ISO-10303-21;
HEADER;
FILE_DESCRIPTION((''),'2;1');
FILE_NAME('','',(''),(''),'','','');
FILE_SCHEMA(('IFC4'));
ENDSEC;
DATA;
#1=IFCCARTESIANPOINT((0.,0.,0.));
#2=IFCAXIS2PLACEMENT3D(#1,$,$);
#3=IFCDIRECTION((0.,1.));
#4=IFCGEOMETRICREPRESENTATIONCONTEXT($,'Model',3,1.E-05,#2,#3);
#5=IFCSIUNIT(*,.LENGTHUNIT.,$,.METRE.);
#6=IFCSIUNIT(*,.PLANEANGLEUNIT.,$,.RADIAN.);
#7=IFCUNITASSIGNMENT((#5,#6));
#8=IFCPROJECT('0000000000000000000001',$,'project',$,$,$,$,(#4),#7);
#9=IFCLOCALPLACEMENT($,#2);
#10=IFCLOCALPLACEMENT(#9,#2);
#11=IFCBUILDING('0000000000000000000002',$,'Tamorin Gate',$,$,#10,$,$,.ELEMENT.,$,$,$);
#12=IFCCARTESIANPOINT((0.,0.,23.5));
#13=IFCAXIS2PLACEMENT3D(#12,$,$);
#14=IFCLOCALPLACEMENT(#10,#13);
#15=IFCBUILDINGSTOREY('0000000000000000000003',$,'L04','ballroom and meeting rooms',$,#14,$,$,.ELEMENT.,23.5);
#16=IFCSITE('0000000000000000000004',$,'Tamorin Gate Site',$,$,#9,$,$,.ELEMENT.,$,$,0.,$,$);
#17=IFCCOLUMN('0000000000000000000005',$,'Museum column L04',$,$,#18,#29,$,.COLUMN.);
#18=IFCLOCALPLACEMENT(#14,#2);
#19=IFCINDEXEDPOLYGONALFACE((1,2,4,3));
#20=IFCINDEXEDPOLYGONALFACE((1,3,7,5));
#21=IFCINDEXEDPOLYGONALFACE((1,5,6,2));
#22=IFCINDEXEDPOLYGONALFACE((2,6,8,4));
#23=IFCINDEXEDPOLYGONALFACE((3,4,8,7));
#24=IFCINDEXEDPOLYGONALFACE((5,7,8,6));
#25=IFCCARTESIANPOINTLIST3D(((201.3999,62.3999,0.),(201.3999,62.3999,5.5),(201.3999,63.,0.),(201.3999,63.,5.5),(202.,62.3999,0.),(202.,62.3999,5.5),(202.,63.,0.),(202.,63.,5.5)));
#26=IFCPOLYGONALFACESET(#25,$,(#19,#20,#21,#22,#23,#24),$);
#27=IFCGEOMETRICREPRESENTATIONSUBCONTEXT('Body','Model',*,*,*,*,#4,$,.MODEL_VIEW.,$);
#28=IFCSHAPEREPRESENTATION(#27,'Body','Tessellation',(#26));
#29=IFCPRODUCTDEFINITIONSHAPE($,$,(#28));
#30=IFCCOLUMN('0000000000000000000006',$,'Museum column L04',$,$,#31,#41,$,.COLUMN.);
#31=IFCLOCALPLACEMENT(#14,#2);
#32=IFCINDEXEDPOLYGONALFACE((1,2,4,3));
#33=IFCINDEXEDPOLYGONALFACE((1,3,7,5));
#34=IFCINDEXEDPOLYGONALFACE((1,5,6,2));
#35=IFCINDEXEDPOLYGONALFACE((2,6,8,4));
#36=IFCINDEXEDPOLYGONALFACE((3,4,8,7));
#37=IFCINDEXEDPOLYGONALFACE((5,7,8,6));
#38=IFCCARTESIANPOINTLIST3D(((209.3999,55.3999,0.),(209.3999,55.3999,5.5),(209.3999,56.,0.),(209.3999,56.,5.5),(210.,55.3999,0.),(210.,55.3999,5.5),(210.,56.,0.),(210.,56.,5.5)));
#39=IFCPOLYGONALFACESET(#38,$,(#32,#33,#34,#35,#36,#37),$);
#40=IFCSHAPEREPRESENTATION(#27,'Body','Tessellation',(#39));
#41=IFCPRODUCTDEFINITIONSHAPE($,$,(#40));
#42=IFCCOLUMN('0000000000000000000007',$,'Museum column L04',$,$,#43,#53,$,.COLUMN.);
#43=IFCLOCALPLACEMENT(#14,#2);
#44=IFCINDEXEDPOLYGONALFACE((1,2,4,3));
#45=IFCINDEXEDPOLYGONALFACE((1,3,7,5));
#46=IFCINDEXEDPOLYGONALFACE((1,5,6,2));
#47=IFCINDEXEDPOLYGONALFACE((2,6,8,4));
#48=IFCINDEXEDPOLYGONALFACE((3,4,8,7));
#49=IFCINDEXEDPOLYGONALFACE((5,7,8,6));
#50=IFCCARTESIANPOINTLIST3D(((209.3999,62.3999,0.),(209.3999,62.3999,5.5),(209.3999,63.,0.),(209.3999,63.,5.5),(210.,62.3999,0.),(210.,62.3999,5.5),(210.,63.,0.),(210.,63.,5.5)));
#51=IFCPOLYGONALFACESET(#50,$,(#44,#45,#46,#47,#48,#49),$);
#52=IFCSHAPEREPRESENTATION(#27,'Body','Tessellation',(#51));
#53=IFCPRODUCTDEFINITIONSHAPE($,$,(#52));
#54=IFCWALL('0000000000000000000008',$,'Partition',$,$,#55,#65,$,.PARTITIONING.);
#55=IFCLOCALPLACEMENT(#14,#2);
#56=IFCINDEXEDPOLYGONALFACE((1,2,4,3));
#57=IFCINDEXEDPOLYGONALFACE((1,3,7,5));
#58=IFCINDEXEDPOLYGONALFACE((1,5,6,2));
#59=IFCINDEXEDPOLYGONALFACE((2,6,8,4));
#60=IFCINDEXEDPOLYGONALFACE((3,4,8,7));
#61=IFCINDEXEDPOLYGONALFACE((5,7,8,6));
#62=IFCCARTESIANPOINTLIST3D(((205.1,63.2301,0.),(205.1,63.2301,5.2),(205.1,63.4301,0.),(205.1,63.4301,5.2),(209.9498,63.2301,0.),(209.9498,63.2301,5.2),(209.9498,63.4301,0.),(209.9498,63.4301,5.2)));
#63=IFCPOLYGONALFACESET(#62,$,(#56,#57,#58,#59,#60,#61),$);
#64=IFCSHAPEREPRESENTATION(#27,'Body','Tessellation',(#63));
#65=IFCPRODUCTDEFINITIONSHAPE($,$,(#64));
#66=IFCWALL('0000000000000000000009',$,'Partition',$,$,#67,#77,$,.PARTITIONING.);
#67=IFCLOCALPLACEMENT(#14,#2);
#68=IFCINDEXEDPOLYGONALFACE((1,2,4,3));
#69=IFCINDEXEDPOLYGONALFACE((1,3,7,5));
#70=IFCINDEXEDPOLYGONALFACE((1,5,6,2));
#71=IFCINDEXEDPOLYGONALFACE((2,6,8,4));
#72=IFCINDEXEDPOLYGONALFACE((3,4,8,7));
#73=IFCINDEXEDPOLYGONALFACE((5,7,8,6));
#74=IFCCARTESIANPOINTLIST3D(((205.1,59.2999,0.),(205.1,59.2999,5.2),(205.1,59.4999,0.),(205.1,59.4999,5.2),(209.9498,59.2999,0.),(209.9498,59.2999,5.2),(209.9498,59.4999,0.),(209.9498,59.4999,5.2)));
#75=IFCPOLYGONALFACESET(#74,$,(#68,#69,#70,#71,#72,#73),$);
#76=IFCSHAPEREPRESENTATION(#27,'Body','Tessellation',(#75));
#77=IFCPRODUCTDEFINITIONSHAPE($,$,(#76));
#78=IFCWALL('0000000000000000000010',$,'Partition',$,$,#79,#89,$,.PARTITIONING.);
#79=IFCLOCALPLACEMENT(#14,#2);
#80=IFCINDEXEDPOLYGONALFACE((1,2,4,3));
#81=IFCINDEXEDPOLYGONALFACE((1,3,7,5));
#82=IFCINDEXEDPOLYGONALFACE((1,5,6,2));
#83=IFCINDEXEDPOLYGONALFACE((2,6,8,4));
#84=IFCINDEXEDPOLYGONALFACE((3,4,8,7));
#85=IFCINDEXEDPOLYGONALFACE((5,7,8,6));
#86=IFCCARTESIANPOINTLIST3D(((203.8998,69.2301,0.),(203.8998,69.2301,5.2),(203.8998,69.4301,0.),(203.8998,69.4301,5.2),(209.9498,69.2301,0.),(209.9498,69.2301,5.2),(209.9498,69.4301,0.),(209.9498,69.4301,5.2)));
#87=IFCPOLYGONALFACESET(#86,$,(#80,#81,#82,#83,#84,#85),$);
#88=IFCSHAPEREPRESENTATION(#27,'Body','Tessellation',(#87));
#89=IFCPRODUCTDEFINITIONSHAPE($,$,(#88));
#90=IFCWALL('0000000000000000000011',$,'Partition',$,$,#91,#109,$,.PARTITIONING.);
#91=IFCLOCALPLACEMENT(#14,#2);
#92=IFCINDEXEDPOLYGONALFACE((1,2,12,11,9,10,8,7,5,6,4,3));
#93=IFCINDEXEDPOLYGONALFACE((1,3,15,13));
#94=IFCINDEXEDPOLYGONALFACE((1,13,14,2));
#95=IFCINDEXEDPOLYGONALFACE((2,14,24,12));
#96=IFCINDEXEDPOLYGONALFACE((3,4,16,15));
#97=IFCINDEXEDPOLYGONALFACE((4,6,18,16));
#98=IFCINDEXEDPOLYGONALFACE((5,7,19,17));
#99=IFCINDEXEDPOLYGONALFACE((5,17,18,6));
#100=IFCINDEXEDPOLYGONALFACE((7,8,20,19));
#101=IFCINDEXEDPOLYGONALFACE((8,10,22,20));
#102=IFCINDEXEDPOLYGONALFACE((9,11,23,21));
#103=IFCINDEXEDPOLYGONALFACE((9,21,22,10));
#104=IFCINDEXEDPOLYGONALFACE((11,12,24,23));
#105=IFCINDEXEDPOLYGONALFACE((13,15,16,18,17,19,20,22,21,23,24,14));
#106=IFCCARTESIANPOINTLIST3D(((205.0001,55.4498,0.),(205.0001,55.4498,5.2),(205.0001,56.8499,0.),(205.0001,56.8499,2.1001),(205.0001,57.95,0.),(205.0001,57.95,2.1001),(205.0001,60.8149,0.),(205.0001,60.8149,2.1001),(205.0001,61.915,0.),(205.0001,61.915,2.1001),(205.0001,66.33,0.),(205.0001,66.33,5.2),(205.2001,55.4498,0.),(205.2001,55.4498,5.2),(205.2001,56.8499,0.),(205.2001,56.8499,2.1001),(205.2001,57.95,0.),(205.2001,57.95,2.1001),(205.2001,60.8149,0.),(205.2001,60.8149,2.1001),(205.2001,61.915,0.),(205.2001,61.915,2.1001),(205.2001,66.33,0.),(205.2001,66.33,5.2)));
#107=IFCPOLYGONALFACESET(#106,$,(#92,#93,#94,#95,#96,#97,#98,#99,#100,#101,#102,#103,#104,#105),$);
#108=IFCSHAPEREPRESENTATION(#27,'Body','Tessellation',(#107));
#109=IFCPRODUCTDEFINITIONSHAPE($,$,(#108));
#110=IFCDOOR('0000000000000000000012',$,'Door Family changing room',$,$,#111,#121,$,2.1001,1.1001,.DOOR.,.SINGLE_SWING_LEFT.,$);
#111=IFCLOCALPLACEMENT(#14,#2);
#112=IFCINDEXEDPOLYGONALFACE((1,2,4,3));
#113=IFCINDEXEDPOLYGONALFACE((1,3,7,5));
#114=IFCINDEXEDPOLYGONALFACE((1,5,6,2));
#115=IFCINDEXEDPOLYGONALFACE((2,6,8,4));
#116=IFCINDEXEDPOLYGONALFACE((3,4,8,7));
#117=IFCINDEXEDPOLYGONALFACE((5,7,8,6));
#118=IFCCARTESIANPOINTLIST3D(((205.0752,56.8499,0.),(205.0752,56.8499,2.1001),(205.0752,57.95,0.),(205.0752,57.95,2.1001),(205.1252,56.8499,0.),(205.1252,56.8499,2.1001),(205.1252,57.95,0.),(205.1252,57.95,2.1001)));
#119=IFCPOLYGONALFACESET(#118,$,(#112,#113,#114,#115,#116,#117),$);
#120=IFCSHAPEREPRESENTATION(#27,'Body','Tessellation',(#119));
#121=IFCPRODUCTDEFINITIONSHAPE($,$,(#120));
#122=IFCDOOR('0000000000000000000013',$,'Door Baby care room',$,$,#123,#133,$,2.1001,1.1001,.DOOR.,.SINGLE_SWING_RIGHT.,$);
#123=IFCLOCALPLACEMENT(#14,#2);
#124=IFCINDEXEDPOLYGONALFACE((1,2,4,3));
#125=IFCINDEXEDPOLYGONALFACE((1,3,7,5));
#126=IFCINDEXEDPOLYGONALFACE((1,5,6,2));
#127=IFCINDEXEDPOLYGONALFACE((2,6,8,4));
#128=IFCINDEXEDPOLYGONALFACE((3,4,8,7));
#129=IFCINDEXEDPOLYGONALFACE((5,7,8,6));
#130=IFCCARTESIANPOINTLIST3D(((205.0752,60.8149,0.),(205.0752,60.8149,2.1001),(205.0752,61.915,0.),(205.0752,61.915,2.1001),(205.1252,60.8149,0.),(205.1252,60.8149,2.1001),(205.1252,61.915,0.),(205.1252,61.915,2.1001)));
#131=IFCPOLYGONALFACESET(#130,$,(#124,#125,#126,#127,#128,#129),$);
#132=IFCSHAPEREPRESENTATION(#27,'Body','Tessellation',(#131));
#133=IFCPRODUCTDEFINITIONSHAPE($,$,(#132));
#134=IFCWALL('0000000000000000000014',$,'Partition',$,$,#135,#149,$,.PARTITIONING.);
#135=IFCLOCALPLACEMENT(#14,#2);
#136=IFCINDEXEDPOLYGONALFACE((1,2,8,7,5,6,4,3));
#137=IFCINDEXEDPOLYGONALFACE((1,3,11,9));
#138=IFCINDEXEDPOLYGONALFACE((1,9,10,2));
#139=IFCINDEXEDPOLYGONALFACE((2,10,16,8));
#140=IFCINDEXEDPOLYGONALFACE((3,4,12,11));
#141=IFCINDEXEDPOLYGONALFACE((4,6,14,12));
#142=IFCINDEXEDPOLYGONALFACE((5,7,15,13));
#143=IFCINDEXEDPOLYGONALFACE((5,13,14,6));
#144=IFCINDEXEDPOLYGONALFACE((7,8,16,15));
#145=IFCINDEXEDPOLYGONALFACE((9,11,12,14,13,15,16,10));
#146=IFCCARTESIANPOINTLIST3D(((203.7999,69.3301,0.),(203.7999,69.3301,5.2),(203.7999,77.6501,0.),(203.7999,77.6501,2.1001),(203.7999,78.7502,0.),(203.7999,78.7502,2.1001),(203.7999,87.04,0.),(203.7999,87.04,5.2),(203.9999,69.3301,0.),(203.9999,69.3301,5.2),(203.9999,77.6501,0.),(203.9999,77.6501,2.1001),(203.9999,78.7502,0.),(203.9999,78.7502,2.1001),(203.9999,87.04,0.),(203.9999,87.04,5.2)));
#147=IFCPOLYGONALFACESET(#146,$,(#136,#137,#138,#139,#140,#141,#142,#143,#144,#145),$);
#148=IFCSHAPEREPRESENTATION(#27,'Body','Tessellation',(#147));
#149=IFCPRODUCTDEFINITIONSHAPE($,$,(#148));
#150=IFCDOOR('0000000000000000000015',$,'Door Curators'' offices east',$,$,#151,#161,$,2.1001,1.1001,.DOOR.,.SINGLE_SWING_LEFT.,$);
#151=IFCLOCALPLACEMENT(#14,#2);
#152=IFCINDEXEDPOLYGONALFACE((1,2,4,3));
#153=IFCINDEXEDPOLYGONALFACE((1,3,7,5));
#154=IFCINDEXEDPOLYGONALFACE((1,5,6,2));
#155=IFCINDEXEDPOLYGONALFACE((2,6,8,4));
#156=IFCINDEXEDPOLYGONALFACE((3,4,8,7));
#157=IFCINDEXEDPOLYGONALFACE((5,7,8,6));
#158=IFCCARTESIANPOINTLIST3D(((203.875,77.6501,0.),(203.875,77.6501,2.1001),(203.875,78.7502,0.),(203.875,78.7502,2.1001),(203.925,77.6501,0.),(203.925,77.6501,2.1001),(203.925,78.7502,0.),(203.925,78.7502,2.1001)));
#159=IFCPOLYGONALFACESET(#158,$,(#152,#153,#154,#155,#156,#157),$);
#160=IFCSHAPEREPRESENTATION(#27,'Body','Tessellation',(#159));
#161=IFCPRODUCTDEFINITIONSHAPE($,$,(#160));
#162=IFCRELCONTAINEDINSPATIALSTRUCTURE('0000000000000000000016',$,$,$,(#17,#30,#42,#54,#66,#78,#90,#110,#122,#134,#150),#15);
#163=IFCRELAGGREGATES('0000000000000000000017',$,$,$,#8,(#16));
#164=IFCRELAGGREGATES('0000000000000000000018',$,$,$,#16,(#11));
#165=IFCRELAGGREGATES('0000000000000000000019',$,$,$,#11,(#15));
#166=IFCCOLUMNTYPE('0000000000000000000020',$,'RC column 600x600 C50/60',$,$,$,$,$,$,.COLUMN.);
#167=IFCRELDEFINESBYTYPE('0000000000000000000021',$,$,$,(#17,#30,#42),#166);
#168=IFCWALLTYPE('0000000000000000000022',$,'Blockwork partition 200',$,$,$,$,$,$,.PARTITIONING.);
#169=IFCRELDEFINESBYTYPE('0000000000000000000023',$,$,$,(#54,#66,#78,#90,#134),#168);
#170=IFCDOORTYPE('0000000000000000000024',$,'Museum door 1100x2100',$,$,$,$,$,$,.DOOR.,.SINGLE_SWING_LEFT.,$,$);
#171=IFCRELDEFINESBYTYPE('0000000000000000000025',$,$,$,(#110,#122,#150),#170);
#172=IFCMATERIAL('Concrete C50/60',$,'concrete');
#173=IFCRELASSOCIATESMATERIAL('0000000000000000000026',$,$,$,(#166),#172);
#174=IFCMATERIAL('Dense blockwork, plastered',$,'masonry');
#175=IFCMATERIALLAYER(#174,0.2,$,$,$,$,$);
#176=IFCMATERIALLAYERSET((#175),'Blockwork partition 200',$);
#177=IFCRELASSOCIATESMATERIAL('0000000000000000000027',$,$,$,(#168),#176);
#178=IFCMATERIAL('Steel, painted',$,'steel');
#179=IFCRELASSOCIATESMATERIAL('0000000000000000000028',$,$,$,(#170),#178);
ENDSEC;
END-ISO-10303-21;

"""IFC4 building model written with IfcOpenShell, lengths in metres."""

from ifc_helpers import new_model, si_unit, direction, frame, frame_2d, origin, origin_2d, place, context, subcontext, project, spatial, rectangle, extrude, material, layer, layer_set, material_profile, profile_set, type_object, element, fill, save


model = new_model("IFC4")

# Units and contexts
model_context = context("Model", 3, precision=1e-05, world=origin(), true_north=direction((0.0, 1.0)))
body_context = subcontext(model_context, "Body", "Model", "MODEL_VIEW")
ifc_project = project(units=[si_unit("LENGTHUNIT", "METRE"), si_unit("PLANEANGLEUNIT", "RADIAN")], contexts=[model_context])

# Site, building, storey
site_placement = place(None, origin())
site = spatial("IfcSite", under=ifc_project, at=site_placement, Name="Tamorin Gate Site", CompositionType="ELEMENT", RefElevation=0.0)
building_placement = place(site_placement, origin())
building = spatial("IfcBuilding", under=site, at=building_placement, Name="Tamorin Gate", CompositionType="ELEMENT")
storey_placement = place(building_placement, frame((0.0, 0.0, 23.5)))
storey = spatial("IfcBuildingStorey", under=building, at=storey_placement, Name="L04", Description="ballroom and meeting rooms", CompositionType="ELEMENT", Elevation=23.5)

# Columns
ifc_material_1 = material(Name="Concrete C50/60", Category="concrete")
ifc_material_profile = material_profile(ifc_material_1, rectangle(XDim=0.6001, YDim=0.6001, at=origin_2d()))
ifc_profile_set = profile_set([ifc_material_profile], Name="Concrete C50/60")
column_type = type_object("IfcColumnType", Name="RC column 600x600 C50/60", PredefinedType="COLUMN", material=ifc_profile_set)
for number, where, z_axis, x_axis, name in (
    (1, (201.7, 62.7, 0.0), (0.0, 0.0, 1.0), (1.0, 0.0, 0.0), "Museum column L04"),
    (2, (209.7, 55.7, 0.0), (0.0, 0.0, 1.0), (1.0, 0.0, 0.0), "Museum column L04"),
    (3, (209.7, 62.7, 0.0), (0.0, 0.0, 1.0), (1.0, 0.0, 0.0), "Museum column L04"),
):
    element("IfcColumn", number, at=place(storey_placement, frame(where, z_axis=z_axis, x_axis=x_axis)), inside=storey, type_object=column_type, Name=name, PredefinedType="COLUMN", context=body_context, shape_type="SweptSolid", body=[
        extrude(rectangle(XDim=0.6001, YDim=0.6001, at=origin_2d()), origin(), (0.0, 0.0, 1.0), 5.5),
    ])

# Walls
ifc_material_2 = material(Name="Dense blockwork, plastered", Category="masonry")
ifc_layer_1 = layer(ifc_material_2, 0.2)
ifc_layer_set_1 = layer_set([ifc_layer_1], Name="Blockwork partition 200")
wall_type_1 = type_object("IfcWallType", Name="Blockwork partition 200", PredefinedType="PARTITIONING", material=ifc_layer_set_1)
for number, where, z_axis, x_axis, name in (
    (4, (205.1001, 63.3301, 0.0), (0.0, 0.0, 1.0), (1.0, 0.0, 0.0), "Partition"),
    (5, (205.1001, 59.3999, 0.0), (0.0, 0.0, 1.0), (1.0, 0.0, 0.0), "Partition"),
):
    element("IfcWall", number, at=place(storey_placement, frame(where, z_axis=z_axis, x_axis=x_axis)), inside=storey, type_object=wall_type_1, Name=name, PredefinedType="PARTITIONING", context=body_context, shape_type="SweptSolid", body=[
        extrude(rectangle(XDim=4.8499, YDim=0.2, at=frame_2d((2.4248, 0.0))), origin(), (0.0, 0.0, 1.0), 5.2),
    ])
wall_1_placement = place(storey_placement, frame((203.8999, 69.3301, 0.0), z_axis=(0.0, 0.0, 1.0), x_axis=(1.0, 0.0, 0.0)))
element("IfcWall", 6, at=wall_1_placement, inside=storey, type_object=wall_type_1, Name="Partition", PredefinedType="PARTITIONING", context=body_context, shape_type="SweptSolid", body=[
    extrude(rectangle(XDim=6.05, YDim=0.2, at=frame_2d((3.0249, 0.0))), origin(), (0.0, 0.0, 1.0), 5.2),
])

# Wall, openings, doors
wall_2_placement = place(storey_placement, frame((205.1001, 55.45, 0.0), z_axis=(0.0, 0.0, 1.0), x_axis=(0.0, 1.0, 0.0)))
wall_2 = element("IfcWall", 7, at=wall_2_placement, inside=storey, type_object=wall_type_1, Name="Partition", PredefinedType="PARTITIONING", context=body_context, shape_type="SweptSolid", body=[
    extrude(rectangle(XDim=10.8801, YDim=0.2, at=frame_2d((5.4399, 0.0))), origin(), (0.0, 0.0, 1.0), 5.2),
])
opening_1_placement = place(wall_2_placement, frame((1.3999, 0.0, 0.0)))
opening_1 = element("IfcOpeningElement", 8, at=opening_1_placement, cuts=wall_2, PredefinedType="OPENING", context=body_context, shape_type="SweptSolid", body=[
    extrude(rectangle(XDim=1.1001, YDim=2.1001, at=frame_2d((0.55, 1.05))), frame((0.0, 0.1099, 0.0), z_axis=(0.0, -1.0, 0.0), x_axis=(1.0, 0.0, 0.0)), (0.0, 0.0, 1.0), 0.22),
])
opening_2_placement = place(wall_2_placement, frame((5.365, 0.0, 0.0)))
opening_2 = element("IfcOpeningElement", 9, at=opening_2_placement, cuts=wall_2, PredefinedType="OPENING", context=body_context, shape_type="SweptSolid", body=[
    extrude(rectangle(XDim=1.1001, YDim=2.1001, at=frame_2d((0.55, 1.05))), frame((0.0, 0.1099, 0.0), z_axis=(0.0, -1.0, 0.0), x_axis=(1.0, 0.0, 0.0)), (0.0, 0.0, 1.0), 0.22),
])
ifc_material_3 = material(Name="Steel, painted", Category="steel")
door_type = type_object("IfcDoorType", Name="Museum door 1100x2100", OperationType="SINGLE_SWING_LEFT", PredefinedType="DOOR", material=ifc_material_3)
door_1_placement = place(opening_1_placement, origin())
door_1 = element("IfcDoor", 10, at=door_1_placement, inside=storey, type_object=door_type, Name="Door Family changing room", OperationType="SINGLE_SWING_LEFT", OverallHeight=2.1001, OverallWidth=1.1001, PredefinedType="DOOR", context=body_context, shape_type="SweptSolid", body=[
    extrude(rectangle(XDim=1.1001, YDim=2.1001, at=frame_2d((0.55, 1.05))), frame((0.0, 0.0249, 0.0), z_axis=(0.0, -1.0, 0.0), x_axis=(1.0, 0.0, 0.0)), (0.0, 0.0, 1.0), 0.05),
])
fill(opening_1, door_1)
door_2_placement = place(opening_2_placement, origin())
door_2 = element("IfcDoor", 11, at=door_2_placement, inside=storey, type_object=door_type, Name="Door Baby care room", OperationType="SINGLE_SWING_RIGHT", OverallHeight=2.1001, OverallWidth=1.1001, PredefinedType="DOOR", context=body_context, shape_type="SweptSolid", body=[
    extrude(rectangle(XDim=1.1001, YDim=2.1001, at=frame_2d((0.55, 1.05))), frame((0.0, 0.0249, 0.0), z_axis=(0.0, -1.0, 0.0), x_axis=(1.0, 0.0, 0.0)), (0.0, 0.0, 1.0), 0.05),
])
fill(opening_2, door_2)

# Wall, opening, door
wall_3_placement = place(storey_placement, frame((203.8999, 69.3301, 0.0), z_axis=(0.0, 0.0, 1.0), x_axis=(0.0, 1.0, 0.0)))
wall_3 = element("IfcWall", 12, at=wall_3_placement, inside=storey, type_object=wall_type_1, Name="Partition", PredefinedType="PARTITIONING", context=body_context, shape_type="SweptSolid", body=[
    extrude(rectangle(XDim=17.71, YDim=0.2, at=frame_2d((8.855, 0.0))), origin(), (0.0, 0.0, 1.0), 5.2),
])
opening_3_placement = place(wall_3_placement, frame((8.3201, 0.0, 0.0)))
opening_3 = element("IfcOpeningElement", 13, at=opening_3_placement, cuts=wall_3, PredefinedType="OPENING", context=body_context, shape_type="SweptSolid", body=[
    extrude(rectangle(XDim=1.1001, YDim=2.1001, at=frame_2d((0.55, 1.05))), frame((0.0, 0.1099, 0.0), z_axis=(0.0, -1.0, 0.0), x_axis=(1.0, 0.0, 0.0)), (0.0, 0.0, 1.0), 0.22),
])
door_3_placement = place(opening_3_placement, origin())
door_3 = element("IfcDoor", 14, at=door_3_placement, inside=storey, type_object=door_type, Name="Door Curators' offices east", OperationType="SINGLE_SWING_LEFT", OverallHeight=2.1001, OverallWidth=1.1001, PredefinedType="DOOR", context=body_context, shape_type="SweptSolid", body=[
    extrude(rectangle(XDim=1.1001, YDim=2.1001, at=frame_2d((0.55, 1.05))), frame((0.0, 0.0249, 0.0), z_axis=(0.0, -1.0, 0.0), x_axis=(1.0, 0.0, 0.0)), (0.0, 0.0, 1.0), 0.05),
])
fill(opening_3, door_3)

save(model, "model.ifc")
